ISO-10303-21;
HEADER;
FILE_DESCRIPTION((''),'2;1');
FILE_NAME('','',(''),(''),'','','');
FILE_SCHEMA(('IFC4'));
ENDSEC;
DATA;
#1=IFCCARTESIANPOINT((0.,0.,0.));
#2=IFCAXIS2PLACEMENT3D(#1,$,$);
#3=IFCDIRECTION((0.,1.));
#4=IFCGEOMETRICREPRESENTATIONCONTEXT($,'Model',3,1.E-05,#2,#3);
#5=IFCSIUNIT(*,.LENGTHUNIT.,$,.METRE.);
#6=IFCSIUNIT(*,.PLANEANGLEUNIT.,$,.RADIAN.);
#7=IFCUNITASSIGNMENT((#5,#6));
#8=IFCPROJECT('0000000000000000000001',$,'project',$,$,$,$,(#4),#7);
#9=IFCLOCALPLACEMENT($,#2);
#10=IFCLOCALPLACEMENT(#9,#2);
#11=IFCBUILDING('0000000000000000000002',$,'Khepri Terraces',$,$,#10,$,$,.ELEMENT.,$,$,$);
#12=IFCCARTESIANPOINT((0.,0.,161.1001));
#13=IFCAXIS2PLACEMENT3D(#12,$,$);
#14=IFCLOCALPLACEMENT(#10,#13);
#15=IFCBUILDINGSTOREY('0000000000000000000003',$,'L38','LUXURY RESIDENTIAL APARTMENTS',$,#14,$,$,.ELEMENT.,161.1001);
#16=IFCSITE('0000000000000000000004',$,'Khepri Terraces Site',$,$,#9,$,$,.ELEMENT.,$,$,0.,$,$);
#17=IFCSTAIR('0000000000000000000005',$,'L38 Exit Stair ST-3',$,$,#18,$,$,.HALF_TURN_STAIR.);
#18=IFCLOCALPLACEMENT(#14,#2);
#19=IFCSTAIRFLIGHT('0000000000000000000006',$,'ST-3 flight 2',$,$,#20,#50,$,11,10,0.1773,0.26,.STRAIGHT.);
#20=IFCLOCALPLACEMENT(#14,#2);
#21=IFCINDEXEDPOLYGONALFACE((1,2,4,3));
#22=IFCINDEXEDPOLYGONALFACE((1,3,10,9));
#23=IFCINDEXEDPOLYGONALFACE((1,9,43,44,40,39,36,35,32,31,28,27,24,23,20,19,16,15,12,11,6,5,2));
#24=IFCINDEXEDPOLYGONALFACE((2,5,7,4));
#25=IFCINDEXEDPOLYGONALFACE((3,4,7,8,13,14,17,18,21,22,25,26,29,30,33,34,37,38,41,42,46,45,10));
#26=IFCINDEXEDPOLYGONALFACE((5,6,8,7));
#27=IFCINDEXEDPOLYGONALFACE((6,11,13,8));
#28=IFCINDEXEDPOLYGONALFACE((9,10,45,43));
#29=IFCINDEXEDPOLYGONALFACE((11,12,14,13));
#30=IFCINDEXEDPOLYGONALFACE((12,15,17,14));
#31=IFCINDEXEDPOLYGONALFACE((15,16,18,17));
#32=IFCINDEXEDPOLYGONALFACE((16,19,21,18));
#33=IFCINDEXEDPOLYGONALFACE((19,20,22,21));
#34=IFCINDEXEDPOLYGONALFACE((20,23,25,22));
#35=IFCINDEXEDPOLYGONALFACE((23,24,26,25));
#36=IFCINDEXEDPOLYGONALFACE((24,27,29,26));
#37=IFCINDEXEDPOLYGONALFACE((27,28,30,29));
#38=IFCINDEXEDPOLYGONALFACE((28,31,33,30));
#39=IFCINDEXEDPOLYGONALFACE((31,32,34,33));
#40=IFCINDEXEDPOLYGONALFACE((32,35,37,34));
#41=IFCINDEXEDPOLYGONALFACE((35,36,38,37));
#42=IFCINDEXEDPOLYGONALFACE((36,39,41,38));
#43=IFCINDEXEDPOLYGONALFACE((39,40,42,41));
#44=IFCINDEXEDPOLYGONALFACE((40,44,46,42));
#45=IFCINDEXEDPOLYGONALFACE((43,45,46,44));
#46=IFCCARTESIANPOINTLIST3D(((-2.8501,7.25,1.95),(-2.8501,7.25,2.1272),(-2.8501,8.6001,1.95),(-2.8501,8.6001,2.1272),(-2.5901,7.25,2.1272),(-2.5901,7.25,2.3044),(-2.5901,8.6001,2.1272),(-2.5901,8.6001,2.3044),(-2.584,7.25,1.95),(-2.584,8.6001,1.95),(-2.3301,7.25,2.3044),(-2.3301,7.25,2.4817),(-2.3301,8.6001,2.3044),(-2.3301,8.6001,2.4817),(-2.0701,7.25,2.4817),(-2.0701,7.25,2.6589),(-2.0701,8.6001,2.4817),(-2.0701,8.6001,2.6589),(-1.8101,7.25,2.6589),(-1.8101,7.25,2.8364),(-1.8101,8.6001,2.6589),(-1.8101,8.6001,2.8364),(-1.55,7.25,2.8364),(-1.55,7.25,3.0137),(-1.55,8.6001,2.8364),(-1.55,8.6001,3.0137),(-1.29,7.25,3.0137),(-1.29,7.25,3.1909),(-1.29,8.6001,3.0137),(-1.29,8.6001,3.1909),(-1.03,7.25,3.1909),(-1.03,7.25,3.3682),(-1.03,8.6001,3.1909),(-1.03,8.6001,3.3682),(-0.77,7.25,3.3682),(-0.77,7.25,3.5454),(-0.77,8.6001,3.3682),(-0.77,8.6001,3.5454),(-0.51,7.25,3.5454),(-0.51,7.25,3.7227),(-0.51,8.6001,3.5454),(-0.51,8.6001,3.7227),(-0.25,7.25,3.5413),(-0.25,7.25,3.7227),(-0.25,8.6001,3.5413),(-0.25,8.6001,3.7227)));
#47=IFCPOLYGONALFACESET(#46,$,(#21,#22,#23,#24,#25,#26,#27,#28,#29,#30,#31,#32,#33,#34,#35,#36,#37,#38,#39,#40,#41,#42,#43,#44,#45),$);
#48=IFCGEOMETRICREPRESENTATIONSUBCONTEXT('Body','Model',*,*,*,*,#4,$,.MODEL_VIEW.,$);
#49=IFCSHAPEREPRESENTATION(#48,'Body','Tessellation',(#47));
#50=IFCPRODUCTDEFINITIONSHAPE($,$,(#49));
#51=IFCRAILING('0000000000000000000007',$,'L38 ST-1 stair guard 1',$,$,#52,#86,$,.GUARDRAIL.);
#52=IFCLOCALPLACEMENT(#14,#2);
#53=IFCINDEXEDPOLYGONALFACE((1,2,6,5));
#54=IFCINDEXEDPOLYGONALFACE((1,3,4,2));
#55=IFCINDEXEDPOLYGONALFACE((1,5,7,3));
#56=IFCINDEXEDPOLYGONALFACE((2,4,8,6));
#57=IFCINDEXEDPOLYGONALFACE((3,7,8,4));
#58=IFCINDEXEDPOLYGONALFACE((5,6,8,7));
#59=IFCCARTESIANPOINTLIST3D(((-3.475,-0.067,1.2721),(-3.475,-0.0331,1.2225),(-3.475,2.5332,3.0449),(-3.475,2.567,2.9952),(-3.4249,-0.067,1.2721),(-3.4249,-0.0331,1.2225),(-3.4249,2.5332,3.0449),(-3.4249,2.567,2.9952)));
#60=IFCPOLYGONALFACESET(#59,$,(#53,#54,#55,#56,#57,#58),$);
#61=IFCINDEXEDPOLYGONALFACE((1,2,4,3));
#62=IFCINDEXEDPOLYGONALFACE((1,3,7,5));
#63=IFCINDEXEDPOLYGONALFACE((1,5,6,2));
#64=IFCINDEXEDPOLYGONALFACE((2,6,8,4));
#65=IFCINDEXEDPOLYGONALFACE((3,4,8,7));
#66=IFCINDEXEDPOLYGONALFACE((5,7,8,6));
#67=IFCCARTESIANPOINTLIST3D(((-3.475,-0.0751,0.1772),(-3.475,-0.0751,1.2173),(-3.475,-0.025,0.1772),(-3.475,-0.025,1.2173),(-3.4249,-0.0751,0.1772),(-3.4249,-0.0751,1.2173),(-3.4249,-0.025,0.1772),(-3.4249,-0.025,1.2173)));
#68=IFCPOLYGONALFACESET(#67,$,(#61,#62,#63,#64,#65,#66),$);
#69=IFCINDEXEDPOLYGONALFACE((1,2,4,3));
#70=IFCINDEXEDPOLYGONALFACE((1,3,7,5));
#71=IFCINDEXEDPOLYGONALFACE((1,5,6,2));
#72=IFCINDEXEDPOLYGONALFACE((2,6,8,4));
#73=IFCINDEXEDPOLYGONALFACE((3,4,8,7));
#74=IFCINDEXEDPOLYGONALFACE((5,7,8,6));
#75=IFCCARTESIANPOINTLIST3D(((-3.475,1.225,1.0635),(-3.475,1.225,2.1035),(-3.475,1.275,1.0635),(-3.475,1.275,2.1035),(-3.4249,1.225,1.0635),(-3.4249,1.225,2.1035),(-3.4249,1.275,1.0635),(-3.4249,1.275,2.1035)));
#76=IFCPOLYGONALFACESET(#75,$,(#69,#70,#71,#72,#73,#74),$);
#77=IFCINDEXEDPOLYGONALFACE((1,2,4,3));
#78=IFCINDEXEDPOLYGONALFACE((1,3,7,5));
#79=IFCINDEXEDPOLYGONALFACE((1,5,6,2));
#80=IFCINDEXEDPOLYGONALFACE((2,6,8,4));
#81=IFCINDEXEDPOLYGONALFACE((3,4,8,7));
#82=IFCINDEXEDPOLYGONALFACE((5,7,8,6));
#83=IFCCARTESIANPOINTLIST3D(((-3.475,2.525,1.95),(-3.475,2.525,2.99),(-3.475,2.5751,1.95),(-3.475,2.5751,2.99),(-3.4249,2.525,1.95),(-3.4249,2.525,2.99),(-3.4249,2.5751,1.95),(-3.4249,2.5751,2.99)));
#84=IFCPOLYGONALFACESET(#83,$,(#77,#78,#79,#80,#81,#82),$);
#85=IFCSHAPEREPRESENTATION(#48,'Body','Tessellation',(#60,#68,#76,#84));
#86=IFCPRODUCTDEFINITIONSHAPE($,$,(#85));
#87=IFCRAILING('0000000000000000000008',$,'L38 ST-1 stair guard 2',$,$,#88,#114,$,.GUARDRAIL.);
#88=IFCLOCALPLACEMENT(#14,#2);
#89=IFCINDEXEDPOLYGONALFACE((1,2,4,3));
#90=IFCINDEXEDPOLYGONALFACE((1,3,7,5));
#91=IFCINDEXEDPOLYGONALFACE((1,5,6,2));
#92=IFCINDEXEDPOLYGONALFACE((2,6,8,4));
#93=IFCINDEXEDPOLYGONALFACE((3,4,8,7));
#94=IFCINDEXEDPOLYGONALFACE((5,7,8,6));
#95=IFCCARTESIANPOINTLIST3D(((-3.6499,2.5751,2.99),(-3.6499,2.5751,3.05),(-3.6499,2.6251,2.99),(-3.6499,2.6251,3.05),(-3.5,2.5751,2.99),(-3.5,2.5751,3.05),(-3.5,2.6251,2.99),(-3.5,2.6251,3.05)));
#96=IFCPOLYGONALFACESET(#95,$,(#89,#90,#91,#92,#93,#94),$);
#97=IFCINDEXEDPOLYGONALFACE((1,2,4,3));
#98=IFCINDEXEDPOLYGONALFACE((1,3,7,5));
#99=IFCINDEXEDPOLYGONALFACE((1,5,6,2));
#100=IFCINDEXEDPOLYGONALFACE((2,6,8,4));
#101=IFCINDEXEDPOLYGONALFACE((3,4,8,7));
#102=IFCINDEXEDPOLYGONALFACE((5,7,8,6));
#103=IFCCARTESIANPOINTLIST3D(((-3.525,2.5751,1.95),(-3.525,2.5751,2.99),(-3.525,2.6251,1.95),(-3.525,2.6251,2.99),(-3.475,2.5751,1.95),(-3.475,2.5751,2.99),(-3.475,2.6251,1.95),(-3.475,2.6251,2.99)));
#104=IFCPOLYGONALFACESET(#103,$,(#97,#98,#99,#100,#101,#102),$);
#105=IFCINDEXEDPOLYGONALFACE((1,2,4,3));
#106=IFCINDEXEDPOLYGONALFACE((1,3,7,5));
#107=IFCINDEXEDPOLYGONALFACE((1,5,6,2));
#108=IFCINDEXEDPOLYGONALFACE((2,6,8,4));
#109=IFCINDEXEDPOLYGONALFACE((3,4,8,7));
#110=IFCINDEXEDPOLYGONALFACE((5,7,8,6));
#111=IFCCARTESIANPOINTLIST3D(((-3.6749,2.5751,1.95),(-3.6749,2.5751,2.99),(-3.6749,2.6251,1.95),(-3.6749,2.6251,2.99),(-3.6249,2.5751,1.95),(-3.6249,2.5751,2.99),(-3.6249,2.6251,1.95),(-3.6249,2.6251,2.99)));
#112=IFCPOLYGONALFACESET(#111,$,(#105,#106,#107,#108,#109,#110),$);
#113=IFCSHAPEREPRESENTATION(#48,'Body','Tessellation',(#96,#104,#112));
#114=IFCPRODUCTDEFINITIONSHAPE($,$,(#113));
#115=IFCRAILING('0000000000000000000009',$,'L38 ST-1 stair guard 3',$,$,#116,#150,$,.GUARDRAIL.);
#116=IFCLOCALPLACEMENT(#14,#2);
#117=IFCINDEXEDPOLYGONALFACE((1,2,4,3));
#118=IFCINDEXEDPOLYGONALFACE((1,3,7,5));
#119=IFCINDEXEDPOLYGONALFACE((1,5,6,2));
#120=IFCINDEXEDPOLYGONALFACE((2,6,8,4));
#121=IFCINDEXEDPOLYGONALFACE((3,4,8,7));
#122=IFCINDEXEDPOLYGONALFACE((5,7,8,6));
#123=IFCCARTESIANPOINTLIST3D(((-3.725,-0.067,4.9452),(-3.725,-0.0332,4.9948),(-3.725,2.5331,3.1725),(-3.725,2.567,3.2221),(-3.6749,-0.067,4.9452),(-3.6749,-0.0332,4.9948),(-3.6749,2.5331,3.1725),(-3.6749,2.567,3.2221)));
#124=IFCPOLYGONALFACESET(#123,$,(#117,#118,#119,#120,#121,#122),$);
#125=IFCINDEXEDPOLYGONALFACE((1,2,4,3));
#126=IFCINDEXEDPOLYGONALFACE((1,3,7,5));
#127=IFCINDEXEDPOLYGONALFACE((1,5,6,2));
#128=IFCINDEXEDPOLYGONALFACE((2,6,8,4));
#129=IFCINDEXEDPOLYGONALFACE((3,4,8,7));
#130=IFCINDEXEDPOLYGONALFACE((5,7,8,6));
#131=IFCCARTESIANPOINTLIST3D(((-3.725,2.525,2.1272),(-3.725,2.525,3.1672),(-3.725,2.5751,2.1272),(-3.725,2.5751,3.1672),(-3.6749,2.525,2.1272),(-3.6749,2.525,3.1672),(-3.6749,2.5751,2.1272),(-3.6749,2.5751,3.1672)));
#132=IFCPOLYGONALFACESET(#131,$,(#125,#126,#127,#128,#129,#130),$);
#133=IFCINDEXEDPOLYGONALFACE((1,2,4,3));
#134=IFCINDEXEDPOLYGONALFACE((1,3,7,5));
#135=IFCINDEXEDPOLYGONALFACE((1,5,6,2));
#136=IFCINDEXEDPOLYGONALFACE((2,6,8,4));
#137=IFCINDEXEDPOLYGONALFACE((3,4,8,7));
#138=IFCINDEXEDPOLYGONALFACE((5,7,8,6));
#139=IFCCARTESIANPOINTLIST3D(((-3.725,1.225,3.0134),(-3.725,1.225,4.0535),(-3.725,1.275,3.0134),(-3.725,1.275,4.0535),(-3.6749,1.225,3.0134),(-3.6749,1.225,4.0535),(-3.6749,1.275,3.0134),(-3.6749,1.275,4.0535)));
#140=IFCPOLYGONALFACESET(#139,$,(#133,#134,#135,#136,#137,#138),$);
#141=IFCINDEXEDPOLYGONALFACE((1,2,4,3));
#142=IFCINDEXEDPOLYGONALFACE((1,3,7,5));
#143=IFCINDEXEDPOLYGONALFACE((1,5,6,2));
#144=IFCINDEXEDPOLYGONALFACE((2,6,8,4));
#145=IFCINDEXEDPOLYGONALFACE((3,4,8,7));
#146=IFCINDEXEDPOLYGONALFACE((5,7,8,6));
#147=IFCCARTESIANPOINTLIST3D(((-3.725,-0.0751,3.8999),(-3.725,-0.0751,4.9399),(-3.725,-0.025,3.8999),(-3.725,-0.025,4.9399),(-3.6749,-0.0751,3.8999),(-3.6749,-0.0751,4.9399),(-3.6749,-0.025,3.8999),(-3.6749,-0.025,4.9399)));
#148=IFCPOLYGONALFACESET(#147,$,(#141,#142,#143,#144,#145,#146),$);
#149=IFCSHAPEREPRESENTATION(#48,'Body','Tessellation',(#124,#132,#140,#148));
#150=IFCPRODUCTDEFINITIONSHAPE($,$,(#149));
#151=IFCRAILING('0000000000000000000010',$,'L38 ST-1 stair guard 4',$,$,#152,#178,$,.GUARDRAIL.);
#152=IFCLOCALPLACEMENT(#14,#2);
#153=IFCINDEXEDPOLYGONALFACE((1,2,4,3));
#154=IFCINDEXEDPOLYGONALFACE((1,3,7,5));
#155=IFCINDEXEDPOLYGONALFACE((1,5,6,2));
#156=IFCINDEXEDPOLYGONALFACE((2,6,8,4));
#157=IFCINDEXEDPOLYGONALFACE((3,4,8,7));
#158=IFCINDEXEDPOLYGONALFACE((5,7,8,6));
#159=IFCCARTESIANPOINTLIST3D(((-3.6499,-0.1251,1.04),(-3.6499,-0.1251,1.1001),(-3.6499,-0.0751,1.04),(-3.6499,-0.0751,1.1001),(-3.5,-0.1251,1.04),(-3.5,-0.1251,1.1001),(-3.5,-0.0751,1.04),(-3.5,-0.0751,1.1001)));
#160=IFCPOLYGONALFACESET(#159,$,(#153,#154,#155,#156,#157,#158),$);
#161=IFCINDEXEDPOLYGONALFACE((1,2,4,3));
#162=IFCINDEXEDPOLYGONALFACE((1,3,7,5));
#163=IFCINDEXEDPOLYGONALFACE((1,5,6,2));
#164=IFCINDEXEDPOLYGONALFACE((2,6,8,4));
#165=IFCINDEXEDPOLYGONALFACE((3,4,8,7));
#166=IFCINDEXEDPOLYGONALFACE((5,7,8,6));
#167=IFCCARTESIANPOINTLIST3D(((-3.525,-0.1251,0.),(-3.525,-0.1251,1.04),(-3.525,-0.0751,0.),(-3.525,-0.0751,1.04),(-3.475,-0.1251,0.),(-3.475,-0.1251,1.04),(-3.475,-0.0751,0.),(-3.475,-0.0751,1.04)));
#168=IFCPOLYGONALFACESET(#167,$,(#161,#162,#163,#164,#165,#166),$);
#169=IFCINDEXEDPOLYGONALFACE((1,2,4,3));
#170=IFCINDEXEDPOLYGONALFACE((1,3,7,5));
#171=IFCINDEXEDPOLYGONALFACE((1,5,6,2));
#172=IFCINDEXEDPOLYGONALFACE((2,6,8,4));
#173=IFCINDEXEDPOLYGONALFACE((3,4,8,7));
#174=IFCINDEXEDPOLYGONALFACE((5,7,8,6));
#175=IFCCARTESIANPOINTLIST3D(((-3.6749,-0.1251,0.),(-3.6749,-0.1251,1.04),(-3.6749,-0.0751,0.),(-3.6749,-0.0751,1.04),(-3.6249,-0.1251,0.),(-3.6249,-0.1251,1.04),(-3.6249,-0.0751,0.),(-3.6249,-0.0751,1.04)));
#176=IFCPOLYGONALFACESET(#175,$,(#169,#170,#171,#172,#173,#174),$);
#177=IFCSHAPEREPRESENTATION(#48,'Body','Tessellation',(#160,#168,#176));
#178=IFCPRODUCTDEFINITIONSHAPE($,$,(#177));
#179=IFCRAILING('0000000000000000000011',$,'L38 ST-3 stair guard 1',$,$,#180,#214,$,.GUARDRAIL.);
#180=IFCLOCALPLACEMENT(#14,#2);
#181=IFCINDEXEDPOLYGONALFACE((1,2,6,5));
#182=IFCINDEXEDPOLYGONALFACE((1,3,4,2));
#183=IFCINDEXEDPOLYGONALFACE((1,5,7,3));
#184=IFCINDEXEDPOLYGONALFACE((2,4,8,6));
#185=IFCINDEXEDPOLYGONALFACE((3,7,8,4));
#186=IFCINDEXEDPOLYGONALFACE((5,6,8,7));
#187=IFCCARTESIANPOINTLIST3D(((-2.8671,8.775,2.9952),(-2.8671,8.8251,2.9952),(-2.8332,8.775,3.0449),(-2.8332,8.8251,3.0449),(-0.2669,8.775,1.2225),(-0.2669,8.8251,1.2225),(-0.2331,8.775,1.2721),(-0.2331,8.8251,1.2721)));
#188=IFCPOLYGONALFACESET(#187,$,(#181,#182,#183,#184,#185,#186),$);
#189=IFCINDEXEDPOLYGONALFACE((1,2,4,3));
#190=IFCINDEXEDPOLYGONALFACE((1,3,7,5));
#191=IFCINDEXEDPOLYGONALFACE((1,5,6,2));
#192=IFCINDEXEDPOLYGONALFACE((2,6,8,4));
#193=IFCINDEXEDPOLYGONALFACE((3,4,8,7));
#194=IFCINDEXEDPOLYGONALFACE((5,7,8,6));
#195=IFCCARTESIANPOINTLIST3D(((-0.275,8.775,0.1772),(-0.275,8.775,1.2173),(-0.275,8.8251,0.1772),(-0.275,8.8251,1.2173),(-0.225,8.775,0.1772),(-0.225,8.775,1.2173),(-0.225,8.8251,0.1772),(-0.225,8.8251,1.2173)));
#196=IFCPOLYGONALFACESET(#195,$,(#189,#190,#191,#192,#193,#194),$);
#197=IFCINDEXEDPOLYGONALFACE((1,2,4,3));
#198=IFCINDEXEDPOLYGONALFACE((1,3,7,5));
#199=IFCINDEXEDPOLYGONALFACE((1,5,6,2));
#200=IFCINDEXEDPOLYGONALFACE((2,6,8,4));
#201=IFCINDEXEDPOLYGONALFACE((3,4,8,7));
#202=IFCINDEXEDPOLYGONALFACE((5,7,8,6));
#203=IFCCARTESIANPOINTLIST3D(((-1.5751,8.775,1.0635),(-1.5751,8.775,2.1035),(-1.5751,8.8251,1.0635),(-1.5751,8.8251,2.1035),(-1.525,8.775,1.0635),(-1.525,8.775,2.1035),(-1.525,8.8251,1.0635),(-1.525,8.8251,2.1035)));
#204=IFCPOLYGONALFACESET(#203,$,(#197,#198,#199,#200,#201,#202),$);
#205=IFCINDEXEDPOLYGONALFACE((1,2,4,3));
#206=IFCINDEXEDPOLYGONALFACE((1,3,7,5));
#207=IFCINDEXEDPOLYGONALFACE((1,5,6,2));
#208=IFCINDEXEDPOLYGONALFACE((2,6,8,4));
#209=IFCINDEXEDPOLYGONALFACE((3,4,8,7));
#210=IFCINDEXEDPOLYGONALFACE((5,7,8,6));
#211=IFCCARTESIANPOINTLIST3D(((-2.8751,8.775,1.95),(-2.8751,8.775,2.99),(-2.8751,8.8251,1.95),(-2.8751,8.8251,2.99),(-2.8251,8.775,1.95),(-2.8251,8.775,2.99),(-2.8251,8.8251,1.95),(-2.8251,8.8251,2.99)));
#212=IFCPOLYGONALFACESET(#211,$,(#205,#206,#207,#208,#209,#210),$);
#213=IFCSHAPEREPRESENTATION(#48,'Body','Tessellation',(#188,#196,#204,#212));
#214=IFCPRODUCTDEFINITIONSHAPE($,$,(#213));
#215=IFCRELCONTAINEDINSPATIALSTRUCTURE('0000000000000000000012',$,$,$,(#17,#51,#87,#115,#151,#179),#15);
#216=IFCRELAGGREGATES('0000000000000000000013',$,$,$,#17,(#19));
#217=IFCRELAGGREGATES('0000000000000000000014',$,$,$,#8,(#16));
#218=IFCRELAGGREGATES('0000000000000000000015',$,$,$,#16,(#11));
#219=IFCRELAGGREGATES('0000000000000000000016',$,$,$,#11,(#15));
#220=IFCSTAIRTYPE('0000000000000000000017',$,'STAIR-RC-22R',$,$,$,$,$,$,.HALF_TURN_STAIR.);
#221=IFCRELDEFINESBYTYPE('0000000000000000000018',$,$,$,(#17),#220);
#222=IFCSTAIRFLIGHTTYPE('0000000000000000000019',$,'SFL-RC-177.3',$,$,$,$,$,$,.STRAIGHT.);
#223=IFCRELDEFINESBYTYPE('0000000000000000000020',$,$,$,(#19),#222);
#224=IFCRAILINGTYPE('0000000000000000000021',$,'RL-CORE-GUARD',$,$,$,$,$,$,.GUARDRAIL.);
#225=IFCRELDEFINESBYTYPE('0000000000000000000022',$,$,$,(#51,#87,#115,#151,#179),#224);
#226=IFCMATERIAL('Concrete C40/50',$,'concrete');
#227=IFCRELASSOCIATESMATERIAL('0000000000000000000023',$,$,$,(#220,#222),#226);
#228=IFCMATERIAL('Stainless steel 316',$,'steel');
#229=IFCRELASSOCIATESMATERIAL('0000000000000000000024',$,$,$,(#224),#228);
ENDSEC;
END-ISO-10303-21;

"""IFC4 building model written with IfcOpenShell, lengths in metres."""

from ifc_helpers import new_model, si_unit, direction, frame, origin, origin_2d, place, context, subcontext, project, spatial, polyline, rectangle, outline, extrude, material, type_object, element, aggregate, save


model = new_model("IFC4")

# Units and contexts
model_context = context("Model", 3, precision=1e-05, world=origin(), true_north=direction((0.0, 1.0)))
body_context = subcontext(model_context, "Body", "Model", "MODEL_VIEW")
ifc_project = project(units=[si_unit("LENGTHUNIT", "METRE"), si_unit("PLANEANGLEUNIT", "RADIAN")], contexts=[model_context])

# Site, building, storey
site_placement = place(None, origin())
site = spatial("IfcSite", under=ifc_project, at=site_placement, Name="Khepri Terraces Site", CompositionType="ELEMENT", RefElevation=0.0)
building_placement = place(site_placement, origin())
building = spatial("IfcBuilding", under=site, at=building_placement, Name="Khepri Terraces", CompositionType="ELEMENT")
storey_placement = place(building_placement, frame((0.0, 0.0, 161.1001)))
storey = spatial("IfcBuildingStorey", under=building, at=storey_placement, Name="L38", Description="LUXURY RESIDENTIAL APARTMENTS", CompositionType="ELEMENT", Elevation=161.1001)

# Shared definitions
ifc_material_1 = material(Name="Concrete C40/50", Category="concrete")

# Stair, stair flight
stair_type = type_object("IfcStairType", Name="STAIR-RC-22R", PredefinedType="HALF_TURN_STAIR", material=ifc_material_1)
stair_flight_type = type_object("IfcStairFlightType", Name="SFL-RC-177.3", PredefinedType="STRAIGHT", material=ifc_material_1)
stair_1_placement = place(storey_placement, origin())
stair_1 = element("IfcStair", 1, at=stair_1_placement, inside=storey, type_object=stair_type, Name="L38 Exit Stair ST-3", PredefinedType="HALF_TURN_STAIR")
stair_flight_1_placement = place(storey_placement, frame((-2.8501, 7.925, 1.95), z_axis=(0.0, 0.0, 1.0), x_axis=(1.0, 0.0, 0.0)))
stair_flight_1 = element("IfcStairFlight", 2, at=stair_flight_1_placement, type_object=stair_flight_type, Name="ST-3 flight 2", NumberOfRisers=11, NumberOfTreads=10, PredefinedType="STRAIGHT", RiserHeight=0.1773, TreadLength=0.26, context=body_context, shape_type="SweptSolid", body=[
    extrude(outline(polyline([(0.0, 0.0), (0.0, 0.1772), (0.26, 0.1772), (0.26, 0.3545), (0.52, 0.3545), (0.52, 0.5317), (0.78, 0.5317), (0.78, 0.709), (1.04, 0.709), (1.04, 0.8865), (1.3, 0.8865), (1.3, 1.0637), (1.5601, 1.0637), (1.5601, 1.241), (1.8201, 1.241), (1.8201, 1.4182), (2.0801, 1.4182), (2.0801, 1.5955), (2.3401, 1.5955), (2.3401, 1.7727), (2.6001, 1.7727), (2.6001, 1.95), (2.6001, 1.5913), (0.2661, 0.0), (0.0, 0.0)])), frame((0.0, 0.675, 0.0), z_axis=(0.0, -1.0, 0.0), x_axis=(1.0, 0.0, 0.0)), (0.0, 0.0, 1.0), 1.3501),
])
aggregate(stair_1, [stair_flight_1])

# Railings
ifc_material_2 = material(Name="Stainless steel 316", Category="steel")
railing_type_1 = type_object("IfcRailingType", Name="RL-CORE-GUARD", PredefinedType="GUARDRAIL", material=ifc_material_2)
railing_1_placement = place(storey_placement, frame((-3.45, -0.05, 0.1772)))
element("IfcRailing", 3, at=railing_1_placement, inside=storey, type_object=railing_type_1, Name="L38 ST-1 stair guard 1", PredefinedType="GUARDRAIL", context=body_context, shape_type="SweptSolid", body=[
    extrude(rectangle(XDim=0.05, YDim=0.0601, at=origin_2d()), frame((0.0, 0.0, 1.0701), z_axis=(0.0, 0.82624, 0.563318), x_axis=(-1.0, 0.0, 0.0)), (0.0, 0.0, 1.0), 3.147),
    extrude(rectangle(XDim=0.05, YDim=0.05, at=origin_2d()), origin(), (0.0, 0.0, 1.0), 1.04),
    extrude(rectangle(XDim=0.05, YDim=0.05, at=origin_2d()), frame((0.0, 1.3, 0.8862)), (0.0, 0.0, 1.0), 1.04),
    extrude(rectangle(XDim=0.05, YDim=0.05, at=origin_2d()), frame((0.0, 2.6001, 1.7727)), (0.0, 0.0, 1.0), 1.04),
])
railing_2_placement = place(storey_placement, frame((-3.5, 2.6001, 1.95)))
element("IfcRailing", 4, at=railing_2_placement, inside=storey, type_object=railing_type_1, Name="L38 ST-1 stair guard 2", PredefinedType="GUARDRAIL", context=body_context, shape_type="SweptSolid", body=[
    extrude(rectangle(XDim=0.05, YDim=0.0601, at=origin_2d()), frame((0.0, 0.0, 1.0701), z_axis=(-1.0, 0.0, 0.0), x_axis=(0.0, -1.0, 0.0)), (0.0, 0.0, 1.0), 0.1499),
    extrude(rectangle(XDim=0.05, YDim=0.05, at=origin_2d()), origin(), (0.0, 0.0, 1.0), 1.04),
    extrude(rectangle(XDim=0.05, YDim=0.05, at=origin_2d()), frame((-0.1499, 0.0, 0.0)), (0.0, 0.0, 1.0), 1.04),
])
railing_3_placement = place(storey_placement, frame((-3.7, 2.55, 2.1272)))
element("IfcRailing", 5, at=railing_3_placement, inside=storey, type_object=railing_type_1, Name="L38 ST-1 stair guard 3", PredefinedType="GUARDRAIL", context=body_context, shape_type="SweptSolid", body=[
    extrude(rectangle(XDim=0.05, YDim=0.0601, at=origin_2d()), frame((0.0, 0.0, 1.0701), z_axis=(0.0, -0.82624, 0.563318), x_axis=(1.0, 0.0, 0.0)), (0.0, 0.0, 1.0), 3.147),
    extrude(rectangle(XDim=0.05, YDim=0.05, at=origin_2d()), origin(), (0.0, 0.0, 1.0), 1.04),
    extrude(rectangle(XDim=0.05, YDim=0.05, at=origin_2d()), frame((0.0, -1.3, 0.8862)), (0.0, 0.0, 1.0), 1.04),
    extrude(rectangle(XDim=0.05, YDim=0.05, at=origin_2d()), frame((0.0, -2.6001, 1.7727)), (0.0, 0.0, 1.0), 1.04),
])
railing_4_placement = place(storey_placement, frame((-3.5, -0.1001, 0.0)))
element("IfcRailing", 6, at=railing_4_placement, inside=storey, type_object=railing_type_1, Name="L38 ST-1 stair guard 4", PredefinedType="GUARDRAIL", context=body_context, shape_type="SweptSolid", body=[
    extrude(rectangle(XDim=0.05, YDim=0.0601, at=origin_2d()), frame((0.0, 0.0, 1.0701), z_axis=(-1.0, 0.0, 0.0), x_axis=(0.0, -1.0, 0.0)), (0.0, 0.0, 1.0), 0.1499),
    extrude(rectangle(XDim=0.05, YDim=0.05, at=origin_2d()), origin(), (0.0, 0.0, 1.0), 1.04),
    extrude(rectangle(XDim=0.05, YDim=0.05, at=origin_2d()), frame((-0.1499, 0.0, 0.0)), (0.0, 0.0, 1.0), 1.04),
])
railing_5_placement = place(storey_placement, frame((-0.25, 8.8, 0.1772)))
element("IfcRailing", 7, at=railing_5_placement, inside=storey, type_object=railing_type_1, Name="L38 ST-3 stair guard 1", PredefinedType="GUARDRAIL", context=body_context, shape_type="SweptSolid", body=[
    extrude(rectangle(XDim=0.05, YDim=0.0601, at=origin_2d()), frame((0.0, 0.0, 1.0701), z_axis=(-0.82624, 0.0, 0.563318), x_axis=(0.0, -1.0, 0.0)), (0.0, 0.0, 1.0), 3.147),
    extrude(rectangle(XDim=0.05, YDim=0.05, at=origin_2d()), origin(), (0.0, 0.0, 1.0), 1.04),
    extrude(rectangle(XDim=0.05, YDim=0.05, at=origin_2d()), frame((-1.3, 0.0, 0.8862)), (0.0, 0.0, 1.0), 1.04),
    extrude(rectangle(XDim=0.05, YDim=0.05, at=origin_2d()), frame((-2.6001, 0.0, 1.7727)), (0.0, 0.0, 1.0), 1.04),
])

save(model, "model.ifc")
